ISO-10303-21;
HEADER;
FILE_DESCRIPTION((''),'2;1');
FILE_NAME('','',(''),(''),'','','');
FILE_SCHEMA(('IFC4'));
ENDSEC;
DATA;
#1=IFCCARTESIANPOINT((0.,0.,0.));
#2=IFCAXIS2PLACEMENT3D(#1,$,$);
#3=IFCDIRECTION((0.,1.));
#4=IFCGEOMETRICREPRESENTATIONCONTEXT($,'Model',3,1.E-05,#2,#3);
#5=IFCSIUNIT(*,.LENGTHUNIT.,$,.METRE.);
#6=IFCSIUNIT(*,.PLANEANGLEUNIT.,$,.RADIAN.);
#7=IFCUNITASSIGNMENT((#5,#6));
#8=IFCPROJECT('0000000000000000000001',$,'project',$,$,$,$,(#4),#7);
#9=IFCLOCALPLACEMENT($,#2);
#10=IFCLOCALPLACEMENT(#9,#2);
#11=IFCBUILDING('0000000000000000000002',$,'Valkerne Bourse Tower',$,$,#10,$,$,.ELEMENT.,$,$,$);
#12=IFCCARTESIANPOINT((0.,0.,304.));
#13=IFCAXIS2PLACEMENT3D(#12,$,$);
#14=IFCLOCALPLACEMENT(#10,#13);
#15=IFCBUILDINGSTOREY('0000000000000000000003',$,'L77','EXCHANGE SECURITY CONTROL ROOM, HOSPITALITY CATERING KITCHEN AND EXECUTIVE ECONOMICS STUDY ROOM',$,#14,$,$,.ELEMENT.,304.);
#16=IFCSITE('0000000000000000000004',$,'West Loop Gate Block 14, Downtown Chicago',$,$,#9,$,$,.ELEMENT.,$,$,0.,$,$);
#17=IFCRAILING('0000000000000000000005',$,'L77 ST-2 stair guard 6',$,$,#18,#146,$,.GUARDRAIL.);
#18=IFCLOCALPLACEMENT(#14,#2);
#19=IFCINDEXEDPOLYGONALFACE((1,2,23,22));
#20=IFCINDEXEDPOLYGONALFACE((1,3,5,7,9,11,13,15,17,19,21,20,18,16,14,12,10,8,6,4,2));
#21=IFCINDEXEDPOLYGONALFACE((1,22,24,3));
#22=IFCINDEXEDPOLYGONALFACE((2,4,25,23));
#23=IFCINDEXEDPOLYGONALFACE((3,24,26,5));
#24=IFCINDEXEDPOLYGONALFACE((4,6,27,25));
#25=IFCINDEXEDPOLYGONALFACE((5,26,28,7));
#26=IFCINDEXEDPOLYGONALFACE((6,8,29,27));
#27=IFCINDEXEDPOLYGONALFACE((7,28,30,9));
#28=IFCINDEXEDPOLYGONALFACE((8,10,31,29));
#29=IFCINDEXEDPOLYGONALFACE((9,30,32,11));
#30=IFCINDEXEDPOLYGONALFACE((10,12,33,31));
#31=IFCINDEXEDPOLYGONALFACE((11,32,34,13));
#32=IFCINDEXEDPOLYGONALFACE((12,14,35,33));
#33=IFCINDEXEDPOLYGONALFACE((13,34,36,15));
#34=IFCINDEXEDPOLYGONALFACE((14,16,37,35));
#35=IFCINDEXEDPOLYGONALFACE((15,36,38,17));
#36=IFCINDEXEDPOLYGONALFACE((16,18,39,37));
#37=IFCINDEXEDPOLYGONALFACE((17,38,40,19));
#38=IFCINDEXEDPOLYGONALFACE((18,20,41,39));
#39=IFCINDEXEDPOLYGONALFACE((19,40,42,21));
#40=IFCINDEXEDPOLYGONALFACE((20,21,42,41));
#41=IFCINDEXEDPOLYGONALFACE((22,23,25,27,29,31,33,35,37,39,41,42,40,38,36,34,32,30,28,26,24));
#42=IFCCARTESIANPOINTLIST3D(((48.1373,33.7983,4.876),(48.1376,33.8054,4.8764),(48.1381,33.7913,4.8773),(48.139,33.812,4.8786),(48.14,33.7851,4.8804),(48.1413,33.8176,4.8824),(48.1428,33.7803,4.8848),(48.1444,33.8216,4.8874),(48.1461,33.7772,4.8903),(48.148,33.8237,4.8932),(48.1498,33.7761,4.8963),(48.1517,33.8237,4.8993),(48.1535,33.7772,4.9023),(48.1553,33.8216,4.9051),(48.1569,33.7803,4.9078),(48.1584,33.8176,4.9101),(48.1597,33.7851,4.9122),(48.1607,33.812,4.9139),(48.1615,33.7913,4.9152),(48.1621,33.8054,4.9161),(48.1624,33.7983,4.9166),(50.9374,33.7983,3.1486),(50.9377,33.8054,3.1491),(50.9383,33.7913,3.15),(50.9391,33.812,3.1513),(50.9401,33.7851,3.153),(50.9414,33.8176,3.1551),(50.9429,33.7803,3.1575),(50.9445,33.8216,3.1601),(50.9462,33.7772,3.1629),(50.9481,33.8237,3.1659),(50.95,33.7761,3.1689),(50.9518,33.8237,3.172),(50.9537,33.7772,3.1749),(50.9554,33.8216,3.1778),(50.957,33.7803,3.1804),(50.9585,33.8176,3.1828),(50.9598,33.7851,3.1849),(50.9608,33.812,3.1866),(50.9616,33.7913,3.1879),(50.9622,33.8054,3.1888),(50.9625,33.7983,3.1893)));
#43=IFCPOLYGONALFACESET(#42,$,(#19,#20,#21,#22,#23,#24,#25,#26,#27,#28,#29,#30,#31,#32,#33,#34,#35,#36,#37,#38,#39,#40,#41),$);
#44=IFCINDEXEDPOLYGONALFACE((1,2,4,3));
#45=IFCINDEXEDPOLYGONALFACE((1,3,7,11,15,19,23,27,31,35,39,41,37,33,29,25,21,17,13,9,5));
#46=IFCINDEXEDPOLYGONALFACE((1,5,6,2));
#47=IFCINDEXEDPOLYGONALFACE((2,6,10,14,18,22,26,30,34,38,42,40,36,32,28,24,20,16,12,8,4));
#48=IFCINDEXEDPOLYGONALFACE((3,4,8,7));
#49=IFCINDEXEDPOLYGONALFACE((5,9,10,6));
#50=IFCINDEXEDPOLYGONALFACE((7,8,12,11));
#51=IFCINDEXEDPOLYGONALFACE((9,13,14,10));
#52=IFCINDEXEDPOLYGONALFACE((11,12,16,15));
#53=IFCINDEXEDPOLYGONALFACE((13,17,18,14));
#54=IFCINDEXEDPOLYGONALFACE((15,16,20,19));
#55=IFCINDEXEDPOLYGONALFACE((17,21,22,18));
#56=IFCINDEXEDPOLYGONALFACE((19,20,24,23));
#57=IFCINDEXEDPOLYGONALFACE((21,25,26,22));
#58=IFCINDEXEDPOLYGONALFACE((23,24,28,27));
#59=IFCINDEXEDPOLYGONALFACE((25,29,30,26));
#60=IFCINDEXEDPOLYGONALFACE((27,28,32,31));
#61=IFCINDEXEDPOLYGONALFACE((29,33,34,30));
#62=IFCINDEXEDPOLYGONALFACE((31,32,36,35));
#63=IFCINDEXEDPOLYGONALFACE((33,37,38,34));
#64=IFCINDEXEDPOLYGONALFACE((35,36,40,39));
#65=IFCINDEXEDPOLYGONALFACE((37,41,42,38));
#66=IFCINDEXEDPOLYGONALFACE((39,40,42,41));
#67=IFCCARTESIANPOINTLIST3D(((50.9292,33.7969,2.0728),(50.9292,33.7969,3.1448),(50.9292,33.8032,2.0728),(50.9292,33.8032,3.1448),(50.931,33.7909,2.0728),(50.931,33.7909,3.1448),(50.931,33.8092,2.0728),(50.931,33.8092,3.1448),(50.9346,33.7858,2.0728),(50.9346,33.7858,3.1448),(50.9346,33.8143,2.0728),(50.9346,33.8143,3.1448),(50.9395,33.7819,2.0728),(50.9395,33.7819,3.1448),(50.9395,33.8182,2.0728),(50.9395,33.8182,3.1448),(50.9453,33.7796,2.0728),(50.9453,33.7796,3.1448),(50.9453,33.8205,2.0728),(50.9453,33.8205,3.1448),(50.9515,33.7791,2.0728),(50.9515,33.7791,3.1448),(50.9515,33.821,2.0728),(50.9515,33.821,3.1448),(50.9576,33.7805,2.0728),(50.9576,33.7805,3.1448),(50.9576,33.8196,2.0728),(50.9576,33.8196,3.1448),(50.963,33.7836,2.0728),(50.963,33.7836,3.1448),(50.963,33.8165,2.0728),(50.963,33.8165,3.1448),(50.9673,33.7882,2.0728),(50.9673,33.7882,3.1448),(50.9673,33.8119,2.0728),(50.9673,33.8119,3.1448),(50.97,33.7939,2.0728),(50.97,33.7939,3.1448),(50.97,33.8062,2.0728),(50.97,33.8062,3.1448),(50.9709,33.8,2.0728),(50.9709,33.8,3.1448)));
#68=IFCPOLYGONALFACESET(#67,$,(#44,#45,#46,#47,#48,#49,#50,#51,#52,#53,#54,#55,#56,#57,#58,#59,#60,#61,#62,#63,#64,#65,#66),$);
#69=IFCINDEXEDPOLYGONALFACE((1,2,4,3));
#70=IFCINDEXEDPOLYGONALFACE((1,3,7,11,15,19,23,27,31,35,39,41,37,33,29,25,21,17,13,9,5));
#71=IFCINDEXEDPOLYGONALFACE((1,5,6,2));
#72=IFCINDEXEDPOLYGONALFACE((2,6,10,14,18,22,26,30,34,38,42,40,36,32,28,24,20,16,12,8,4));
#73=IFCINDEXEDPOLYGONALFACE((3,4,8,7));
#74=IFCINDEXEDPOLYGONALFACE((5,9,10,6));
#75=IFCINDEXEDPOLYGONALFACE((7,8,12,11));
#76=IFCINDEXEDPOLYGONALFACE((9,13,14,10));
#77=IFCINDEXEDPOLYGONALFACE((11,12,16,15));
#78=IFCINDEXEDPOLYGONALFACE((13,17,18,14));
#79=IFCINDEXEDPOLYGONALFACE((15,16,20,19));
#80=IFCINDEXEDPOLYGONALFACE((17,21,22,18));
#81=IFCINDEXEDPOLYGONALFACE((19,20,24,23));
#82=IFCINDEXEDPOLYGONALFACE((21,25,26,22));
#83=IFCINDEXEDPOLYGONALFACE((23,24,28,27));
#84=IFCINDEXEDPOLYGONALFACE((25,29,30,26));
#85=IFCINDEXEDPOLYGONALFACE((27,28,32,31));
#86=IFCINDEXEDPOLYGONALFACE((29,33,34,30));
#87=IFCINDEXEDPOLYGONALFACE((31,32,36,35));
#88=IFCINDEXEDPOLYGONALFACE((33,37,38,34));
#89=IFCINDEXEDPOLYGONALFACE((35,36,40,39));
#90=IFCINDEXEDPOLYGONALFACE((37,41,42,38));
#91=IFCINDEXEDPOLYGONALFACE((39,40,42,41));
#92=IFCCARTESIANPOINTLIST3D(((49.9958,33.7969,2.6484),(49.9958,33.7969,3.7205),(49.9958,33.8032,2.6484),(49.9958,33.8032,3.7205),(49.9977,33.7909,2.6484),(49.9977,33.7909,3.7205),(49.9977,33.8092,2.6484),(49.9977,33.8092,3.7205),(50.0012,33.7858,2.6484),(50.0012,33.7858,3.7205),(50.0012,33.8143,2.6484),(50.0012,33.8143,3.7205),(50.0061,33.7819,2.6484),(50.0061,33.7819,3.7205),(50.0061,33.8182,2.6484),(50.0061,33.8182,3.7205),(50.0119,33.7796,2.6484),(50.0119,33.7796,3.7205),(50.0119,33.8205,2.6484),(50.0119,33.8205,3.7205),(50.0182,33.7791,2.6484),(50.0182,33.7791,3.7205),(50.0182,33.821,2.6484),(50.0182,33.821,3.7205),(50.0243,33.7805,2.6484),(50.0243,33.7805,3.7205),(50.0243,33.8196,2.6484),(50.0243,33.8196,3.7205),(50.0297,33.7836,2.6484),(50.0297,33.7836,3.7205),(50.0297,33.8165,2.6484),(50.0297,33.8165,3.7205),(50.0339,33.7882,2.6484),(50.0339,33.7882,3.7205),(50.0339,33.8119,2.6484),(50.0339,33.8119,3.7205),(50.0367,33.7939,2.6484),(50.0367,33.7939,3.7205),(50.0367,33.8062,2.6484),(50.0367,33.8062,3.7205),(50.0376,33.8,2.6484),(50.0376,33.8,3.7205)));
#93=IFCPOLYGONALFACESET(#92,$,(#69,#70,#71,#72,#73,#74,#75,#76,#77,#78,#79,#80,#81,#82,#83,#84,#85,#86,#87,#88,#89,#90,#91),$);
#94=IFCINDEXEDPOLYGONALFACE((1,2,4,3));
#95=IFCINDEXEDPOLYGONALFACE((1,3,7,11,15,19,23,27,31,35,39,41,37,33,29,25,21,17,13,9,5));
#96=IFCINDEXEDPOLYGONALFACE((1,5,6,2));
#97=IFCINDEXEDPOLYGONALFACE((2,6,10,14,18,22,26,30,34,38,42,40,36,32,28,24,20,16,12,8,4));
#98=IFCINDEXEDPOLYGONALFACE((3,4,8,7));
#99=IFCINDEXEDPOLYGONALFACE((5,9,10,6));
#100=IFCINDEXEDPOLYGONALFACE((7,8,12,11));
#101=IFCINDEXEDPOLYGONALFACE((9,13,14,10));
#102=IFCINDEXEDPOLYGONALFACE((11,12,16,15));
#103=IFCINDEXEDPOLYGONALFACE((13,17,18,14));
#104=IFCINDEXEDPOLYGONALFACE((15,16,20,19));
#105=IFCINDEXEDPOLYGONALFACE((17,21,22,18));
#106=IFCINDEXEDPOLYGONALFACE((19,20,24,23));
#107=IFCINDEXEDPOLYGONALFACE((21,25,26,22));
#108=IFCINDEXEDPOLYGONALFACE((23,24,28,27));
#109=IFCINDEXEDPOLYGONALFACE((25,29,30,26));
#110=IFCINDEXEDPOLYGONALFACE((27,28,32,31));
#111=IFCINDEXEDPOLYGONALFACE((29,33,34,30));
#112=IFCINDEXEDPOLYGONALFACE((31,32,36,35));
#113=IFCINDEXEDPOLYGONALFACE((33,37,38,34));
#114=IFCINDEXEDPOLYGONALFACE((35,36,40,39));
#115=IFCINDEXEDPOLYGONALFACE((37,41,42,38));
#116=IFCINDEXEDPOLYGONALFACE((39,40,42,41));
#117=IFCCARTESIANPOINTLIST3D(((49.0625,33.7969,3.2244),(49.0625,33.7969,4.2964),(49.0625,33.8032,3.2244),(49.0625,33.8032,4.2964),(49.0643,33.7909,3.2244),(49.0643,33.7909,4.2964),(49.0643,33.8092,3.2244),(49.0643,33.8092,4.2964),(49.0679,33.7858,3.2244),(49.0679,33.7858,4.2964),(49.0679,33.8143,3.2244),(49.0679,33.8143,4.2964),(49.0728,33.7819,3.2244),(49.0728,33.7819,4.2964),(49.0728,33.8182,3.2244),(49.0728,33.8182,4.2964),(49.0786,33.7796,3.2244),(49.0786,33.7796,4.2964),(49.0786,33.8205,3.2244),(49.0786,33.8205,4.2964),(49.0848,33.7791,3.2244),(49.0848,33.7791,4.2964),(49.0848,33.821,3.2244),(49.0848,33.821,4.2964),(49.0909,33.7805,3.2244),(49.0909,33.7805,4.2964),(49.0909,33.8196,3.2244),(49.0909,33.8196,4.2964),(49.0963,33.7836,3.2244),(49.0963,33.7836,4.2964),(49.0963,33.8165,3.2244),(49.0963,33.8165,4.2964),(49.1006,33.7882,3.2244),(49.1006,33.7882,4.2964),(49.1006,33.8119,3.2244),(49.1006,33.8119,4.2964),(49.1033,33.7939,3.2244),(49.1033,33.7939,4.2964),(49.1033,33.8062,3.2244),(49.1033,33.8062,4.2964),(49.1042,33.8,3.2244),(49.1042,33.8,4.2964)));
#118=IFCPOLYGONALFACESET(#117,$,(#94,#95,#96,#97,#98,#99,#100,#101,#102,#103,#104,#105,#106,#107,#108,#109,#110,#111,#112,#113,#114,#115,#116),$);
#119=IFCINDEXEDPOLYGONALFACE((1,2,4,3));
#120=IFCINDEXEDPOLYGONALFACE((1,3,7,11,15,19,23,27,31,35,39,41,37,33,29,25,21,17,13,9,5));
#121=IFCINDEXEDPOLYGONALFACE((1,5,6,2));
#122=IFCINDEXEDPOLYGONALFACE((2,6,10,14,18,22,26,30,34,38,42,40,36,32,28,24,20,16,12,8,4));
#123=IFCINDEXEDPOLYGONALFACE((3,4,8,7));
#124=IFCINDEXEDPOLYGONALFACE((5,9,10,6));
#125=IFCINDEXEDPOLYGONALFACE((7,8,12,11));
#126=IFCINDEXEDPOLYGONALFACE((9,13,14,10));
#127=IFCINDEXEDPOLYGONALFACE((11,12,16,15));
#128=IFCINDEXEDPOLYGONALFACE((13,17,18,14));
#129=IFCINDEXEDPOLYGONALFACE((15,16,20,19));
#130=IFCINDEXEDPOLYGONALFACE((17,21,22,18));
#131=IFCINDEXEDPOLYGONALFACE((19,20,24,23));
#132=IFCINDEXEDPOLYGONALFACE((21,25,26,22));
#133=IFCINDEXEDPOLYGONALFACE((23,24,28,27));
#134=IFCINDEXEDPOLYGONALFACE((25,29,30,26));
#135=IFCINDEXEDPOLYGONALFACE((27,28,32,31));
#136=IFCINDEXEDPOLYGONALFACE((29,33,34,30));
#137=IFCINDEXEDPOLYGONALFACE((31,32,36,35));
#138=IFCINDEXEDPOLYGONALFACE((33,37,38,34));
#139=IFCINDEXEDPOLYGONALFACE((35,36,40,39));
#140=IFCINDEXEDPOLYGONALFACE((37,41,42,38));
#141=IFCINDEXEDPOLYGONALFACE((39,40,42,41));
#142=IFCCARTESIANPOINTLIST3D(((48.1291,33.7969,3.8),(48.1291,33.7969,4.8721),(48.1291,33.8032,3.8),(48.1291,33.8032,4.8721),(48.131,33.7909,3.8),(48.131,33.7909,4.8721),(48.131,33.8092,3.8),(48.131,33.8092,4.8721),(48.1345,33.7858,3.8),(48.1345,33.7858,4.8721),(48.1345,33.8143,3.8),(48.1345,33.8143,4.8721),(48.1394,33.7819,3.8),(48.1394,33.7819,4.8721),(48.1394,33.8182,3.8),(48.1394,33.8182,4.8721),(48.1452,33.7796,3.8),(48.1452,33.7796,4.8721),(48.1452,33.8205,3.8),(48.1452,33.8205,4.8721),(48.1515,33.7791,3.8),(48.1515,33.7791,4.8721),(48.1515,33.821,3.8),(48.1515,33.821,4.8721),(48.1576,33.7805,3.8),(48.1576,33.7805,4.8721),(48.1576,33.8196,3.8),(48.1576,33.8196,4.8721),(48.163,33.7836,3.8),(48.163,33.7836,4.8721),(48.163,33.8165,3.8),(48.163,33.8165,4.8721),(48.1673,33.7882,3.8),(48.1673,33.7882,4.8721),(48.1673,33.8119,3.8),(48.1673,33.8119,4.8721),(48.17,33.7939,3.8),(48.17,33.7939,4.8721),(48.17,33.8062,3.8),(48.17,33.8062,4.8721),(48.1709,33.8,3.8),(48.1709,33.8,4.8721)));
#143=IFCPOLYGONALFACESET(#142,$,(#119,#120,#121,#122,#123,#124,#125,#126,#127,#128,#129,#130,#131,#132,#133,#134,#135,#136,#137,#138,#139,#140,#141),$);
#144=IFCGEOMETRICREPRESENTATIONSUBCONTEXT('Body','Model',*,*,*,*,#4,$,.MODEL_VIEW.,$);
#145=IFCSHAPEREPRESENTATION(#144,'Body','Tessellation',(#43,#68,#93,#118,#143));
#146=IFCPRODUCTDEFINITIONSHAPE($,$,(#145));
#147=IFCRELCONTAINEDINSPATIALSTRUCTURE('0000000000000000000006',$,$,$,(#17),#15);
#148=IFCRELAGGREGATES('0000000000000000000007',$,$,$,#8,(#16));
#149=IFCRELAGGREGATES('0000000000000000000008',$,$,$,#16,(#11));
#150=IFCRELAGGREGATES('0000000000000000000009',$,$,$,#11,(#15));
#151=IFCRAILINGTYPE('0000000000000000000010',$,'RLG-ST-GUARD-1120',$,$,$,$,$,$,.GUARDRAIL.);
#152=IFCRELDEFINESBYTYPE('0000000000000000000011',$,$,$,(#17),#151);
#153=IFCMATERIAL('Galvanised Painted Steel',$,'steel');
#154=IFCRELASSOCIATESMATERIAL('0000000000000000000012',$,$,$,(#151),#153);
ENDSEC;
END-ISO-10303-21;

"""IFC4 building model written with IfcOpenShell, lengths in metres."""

from ifc_helpers import new_model, si_unit, direction, frame, origin, origin_2d, place, context, subcontext, project, spatial, circle, extrude, material, type_object, element, save


model = new_model("IFC4")

# Units and contexts
model_context = context("Model", 3, precision=1e-05, world=origin(), true_north=direction((0.0, 1.0)))
body_context = subcontext(model_context, "Body", "Model", "MODEL_VIEW")
ifc_project = project(units=[si_unit("LENGTHUNIT", "METRE"), si_unit("PLANEANGLEUNIT", "RADIAN")], contexts=[model_context])

# Site, building, storey
site_placement = place(None, origin())
site = spatial("IfcSite", under=ifc_project, at=site_placement, Name="West Loop Gate Block 14, Downtown Chicago", CompositionType="ELEMENT", RefElevation=0.0)
building_placement = place(site_placement, origin())
building = spatial("IfcBuilding", under=site, at=building_placement, Name="Valkerne Bourse Tower", CompositionType="ELEMENT")
storey_placement = place(building_placement, frame((0.0, 0.0, 304.0)))
storey = spatial("IfcBuildingStorey", under=building, at=storey_placement, Name="L77", Description="EXCHANGE SECURITY CONTROL ROOM, HOSPITALITY CATERING KITCHEN AND EXECUTIVE ECONOMICS STUDY ROOM", CompositionType="ELEMENT", Elevation=304.0)

# Shared definitions
ifc_material_1 = material(Name="Galvanised Painted Steel", Category="steel")

# Railing
railing_type_1 = type_object("IfcRailingType", Name="RLG-ST-GUARD-1120", PredefinedType="GUARDRAIL", material=ifc_material_1)
railing_1_placement = place(storey_placement, frame((50.95, 33.8, 2.0728)))
element("IfcRailing", 1, at=railing_1_placement, inside=storey, type_object=railing_type_1, Name="L77 ST-2 stair guard 6", PredefinedType="GUARDRAIL", context=body_context, shape_type="SweptSolid", body=[
    extrude(circle(Radius=0.0239, at=origin_2d()), frame((0.0, 0.0, 1.0962), z_axis=(-0.85109, 0.0, 0.52502), x_axis=(0.0, -1.0, 0.0)), (0.0, 0.0, 1.0), 3.29),
    extrude(circle(Radius=0.021, at=origin_2d()), origin(), (0.0, 0.0, 1.0), 1.072),
    extrude(circle(Radius=0.021, at=origin_2d()), frame((-0.9333, 0.0, 0.5757)), (0.0, 0.0, 1.0), 1.072),
    extrude(circle(Radius=0.021, at=origin_2d()), frame((-1.8667, 0.0, 1.1516)), (0.0, 0.0, 1.0), 1.072),
    extrude(circle(Radius=0.021, at=origin_2d()), frame((-2.8, 0.0, 1.7273)), (0.0, 0.0, 1.0), 1.072),
])

save(model, "model.ifc")
